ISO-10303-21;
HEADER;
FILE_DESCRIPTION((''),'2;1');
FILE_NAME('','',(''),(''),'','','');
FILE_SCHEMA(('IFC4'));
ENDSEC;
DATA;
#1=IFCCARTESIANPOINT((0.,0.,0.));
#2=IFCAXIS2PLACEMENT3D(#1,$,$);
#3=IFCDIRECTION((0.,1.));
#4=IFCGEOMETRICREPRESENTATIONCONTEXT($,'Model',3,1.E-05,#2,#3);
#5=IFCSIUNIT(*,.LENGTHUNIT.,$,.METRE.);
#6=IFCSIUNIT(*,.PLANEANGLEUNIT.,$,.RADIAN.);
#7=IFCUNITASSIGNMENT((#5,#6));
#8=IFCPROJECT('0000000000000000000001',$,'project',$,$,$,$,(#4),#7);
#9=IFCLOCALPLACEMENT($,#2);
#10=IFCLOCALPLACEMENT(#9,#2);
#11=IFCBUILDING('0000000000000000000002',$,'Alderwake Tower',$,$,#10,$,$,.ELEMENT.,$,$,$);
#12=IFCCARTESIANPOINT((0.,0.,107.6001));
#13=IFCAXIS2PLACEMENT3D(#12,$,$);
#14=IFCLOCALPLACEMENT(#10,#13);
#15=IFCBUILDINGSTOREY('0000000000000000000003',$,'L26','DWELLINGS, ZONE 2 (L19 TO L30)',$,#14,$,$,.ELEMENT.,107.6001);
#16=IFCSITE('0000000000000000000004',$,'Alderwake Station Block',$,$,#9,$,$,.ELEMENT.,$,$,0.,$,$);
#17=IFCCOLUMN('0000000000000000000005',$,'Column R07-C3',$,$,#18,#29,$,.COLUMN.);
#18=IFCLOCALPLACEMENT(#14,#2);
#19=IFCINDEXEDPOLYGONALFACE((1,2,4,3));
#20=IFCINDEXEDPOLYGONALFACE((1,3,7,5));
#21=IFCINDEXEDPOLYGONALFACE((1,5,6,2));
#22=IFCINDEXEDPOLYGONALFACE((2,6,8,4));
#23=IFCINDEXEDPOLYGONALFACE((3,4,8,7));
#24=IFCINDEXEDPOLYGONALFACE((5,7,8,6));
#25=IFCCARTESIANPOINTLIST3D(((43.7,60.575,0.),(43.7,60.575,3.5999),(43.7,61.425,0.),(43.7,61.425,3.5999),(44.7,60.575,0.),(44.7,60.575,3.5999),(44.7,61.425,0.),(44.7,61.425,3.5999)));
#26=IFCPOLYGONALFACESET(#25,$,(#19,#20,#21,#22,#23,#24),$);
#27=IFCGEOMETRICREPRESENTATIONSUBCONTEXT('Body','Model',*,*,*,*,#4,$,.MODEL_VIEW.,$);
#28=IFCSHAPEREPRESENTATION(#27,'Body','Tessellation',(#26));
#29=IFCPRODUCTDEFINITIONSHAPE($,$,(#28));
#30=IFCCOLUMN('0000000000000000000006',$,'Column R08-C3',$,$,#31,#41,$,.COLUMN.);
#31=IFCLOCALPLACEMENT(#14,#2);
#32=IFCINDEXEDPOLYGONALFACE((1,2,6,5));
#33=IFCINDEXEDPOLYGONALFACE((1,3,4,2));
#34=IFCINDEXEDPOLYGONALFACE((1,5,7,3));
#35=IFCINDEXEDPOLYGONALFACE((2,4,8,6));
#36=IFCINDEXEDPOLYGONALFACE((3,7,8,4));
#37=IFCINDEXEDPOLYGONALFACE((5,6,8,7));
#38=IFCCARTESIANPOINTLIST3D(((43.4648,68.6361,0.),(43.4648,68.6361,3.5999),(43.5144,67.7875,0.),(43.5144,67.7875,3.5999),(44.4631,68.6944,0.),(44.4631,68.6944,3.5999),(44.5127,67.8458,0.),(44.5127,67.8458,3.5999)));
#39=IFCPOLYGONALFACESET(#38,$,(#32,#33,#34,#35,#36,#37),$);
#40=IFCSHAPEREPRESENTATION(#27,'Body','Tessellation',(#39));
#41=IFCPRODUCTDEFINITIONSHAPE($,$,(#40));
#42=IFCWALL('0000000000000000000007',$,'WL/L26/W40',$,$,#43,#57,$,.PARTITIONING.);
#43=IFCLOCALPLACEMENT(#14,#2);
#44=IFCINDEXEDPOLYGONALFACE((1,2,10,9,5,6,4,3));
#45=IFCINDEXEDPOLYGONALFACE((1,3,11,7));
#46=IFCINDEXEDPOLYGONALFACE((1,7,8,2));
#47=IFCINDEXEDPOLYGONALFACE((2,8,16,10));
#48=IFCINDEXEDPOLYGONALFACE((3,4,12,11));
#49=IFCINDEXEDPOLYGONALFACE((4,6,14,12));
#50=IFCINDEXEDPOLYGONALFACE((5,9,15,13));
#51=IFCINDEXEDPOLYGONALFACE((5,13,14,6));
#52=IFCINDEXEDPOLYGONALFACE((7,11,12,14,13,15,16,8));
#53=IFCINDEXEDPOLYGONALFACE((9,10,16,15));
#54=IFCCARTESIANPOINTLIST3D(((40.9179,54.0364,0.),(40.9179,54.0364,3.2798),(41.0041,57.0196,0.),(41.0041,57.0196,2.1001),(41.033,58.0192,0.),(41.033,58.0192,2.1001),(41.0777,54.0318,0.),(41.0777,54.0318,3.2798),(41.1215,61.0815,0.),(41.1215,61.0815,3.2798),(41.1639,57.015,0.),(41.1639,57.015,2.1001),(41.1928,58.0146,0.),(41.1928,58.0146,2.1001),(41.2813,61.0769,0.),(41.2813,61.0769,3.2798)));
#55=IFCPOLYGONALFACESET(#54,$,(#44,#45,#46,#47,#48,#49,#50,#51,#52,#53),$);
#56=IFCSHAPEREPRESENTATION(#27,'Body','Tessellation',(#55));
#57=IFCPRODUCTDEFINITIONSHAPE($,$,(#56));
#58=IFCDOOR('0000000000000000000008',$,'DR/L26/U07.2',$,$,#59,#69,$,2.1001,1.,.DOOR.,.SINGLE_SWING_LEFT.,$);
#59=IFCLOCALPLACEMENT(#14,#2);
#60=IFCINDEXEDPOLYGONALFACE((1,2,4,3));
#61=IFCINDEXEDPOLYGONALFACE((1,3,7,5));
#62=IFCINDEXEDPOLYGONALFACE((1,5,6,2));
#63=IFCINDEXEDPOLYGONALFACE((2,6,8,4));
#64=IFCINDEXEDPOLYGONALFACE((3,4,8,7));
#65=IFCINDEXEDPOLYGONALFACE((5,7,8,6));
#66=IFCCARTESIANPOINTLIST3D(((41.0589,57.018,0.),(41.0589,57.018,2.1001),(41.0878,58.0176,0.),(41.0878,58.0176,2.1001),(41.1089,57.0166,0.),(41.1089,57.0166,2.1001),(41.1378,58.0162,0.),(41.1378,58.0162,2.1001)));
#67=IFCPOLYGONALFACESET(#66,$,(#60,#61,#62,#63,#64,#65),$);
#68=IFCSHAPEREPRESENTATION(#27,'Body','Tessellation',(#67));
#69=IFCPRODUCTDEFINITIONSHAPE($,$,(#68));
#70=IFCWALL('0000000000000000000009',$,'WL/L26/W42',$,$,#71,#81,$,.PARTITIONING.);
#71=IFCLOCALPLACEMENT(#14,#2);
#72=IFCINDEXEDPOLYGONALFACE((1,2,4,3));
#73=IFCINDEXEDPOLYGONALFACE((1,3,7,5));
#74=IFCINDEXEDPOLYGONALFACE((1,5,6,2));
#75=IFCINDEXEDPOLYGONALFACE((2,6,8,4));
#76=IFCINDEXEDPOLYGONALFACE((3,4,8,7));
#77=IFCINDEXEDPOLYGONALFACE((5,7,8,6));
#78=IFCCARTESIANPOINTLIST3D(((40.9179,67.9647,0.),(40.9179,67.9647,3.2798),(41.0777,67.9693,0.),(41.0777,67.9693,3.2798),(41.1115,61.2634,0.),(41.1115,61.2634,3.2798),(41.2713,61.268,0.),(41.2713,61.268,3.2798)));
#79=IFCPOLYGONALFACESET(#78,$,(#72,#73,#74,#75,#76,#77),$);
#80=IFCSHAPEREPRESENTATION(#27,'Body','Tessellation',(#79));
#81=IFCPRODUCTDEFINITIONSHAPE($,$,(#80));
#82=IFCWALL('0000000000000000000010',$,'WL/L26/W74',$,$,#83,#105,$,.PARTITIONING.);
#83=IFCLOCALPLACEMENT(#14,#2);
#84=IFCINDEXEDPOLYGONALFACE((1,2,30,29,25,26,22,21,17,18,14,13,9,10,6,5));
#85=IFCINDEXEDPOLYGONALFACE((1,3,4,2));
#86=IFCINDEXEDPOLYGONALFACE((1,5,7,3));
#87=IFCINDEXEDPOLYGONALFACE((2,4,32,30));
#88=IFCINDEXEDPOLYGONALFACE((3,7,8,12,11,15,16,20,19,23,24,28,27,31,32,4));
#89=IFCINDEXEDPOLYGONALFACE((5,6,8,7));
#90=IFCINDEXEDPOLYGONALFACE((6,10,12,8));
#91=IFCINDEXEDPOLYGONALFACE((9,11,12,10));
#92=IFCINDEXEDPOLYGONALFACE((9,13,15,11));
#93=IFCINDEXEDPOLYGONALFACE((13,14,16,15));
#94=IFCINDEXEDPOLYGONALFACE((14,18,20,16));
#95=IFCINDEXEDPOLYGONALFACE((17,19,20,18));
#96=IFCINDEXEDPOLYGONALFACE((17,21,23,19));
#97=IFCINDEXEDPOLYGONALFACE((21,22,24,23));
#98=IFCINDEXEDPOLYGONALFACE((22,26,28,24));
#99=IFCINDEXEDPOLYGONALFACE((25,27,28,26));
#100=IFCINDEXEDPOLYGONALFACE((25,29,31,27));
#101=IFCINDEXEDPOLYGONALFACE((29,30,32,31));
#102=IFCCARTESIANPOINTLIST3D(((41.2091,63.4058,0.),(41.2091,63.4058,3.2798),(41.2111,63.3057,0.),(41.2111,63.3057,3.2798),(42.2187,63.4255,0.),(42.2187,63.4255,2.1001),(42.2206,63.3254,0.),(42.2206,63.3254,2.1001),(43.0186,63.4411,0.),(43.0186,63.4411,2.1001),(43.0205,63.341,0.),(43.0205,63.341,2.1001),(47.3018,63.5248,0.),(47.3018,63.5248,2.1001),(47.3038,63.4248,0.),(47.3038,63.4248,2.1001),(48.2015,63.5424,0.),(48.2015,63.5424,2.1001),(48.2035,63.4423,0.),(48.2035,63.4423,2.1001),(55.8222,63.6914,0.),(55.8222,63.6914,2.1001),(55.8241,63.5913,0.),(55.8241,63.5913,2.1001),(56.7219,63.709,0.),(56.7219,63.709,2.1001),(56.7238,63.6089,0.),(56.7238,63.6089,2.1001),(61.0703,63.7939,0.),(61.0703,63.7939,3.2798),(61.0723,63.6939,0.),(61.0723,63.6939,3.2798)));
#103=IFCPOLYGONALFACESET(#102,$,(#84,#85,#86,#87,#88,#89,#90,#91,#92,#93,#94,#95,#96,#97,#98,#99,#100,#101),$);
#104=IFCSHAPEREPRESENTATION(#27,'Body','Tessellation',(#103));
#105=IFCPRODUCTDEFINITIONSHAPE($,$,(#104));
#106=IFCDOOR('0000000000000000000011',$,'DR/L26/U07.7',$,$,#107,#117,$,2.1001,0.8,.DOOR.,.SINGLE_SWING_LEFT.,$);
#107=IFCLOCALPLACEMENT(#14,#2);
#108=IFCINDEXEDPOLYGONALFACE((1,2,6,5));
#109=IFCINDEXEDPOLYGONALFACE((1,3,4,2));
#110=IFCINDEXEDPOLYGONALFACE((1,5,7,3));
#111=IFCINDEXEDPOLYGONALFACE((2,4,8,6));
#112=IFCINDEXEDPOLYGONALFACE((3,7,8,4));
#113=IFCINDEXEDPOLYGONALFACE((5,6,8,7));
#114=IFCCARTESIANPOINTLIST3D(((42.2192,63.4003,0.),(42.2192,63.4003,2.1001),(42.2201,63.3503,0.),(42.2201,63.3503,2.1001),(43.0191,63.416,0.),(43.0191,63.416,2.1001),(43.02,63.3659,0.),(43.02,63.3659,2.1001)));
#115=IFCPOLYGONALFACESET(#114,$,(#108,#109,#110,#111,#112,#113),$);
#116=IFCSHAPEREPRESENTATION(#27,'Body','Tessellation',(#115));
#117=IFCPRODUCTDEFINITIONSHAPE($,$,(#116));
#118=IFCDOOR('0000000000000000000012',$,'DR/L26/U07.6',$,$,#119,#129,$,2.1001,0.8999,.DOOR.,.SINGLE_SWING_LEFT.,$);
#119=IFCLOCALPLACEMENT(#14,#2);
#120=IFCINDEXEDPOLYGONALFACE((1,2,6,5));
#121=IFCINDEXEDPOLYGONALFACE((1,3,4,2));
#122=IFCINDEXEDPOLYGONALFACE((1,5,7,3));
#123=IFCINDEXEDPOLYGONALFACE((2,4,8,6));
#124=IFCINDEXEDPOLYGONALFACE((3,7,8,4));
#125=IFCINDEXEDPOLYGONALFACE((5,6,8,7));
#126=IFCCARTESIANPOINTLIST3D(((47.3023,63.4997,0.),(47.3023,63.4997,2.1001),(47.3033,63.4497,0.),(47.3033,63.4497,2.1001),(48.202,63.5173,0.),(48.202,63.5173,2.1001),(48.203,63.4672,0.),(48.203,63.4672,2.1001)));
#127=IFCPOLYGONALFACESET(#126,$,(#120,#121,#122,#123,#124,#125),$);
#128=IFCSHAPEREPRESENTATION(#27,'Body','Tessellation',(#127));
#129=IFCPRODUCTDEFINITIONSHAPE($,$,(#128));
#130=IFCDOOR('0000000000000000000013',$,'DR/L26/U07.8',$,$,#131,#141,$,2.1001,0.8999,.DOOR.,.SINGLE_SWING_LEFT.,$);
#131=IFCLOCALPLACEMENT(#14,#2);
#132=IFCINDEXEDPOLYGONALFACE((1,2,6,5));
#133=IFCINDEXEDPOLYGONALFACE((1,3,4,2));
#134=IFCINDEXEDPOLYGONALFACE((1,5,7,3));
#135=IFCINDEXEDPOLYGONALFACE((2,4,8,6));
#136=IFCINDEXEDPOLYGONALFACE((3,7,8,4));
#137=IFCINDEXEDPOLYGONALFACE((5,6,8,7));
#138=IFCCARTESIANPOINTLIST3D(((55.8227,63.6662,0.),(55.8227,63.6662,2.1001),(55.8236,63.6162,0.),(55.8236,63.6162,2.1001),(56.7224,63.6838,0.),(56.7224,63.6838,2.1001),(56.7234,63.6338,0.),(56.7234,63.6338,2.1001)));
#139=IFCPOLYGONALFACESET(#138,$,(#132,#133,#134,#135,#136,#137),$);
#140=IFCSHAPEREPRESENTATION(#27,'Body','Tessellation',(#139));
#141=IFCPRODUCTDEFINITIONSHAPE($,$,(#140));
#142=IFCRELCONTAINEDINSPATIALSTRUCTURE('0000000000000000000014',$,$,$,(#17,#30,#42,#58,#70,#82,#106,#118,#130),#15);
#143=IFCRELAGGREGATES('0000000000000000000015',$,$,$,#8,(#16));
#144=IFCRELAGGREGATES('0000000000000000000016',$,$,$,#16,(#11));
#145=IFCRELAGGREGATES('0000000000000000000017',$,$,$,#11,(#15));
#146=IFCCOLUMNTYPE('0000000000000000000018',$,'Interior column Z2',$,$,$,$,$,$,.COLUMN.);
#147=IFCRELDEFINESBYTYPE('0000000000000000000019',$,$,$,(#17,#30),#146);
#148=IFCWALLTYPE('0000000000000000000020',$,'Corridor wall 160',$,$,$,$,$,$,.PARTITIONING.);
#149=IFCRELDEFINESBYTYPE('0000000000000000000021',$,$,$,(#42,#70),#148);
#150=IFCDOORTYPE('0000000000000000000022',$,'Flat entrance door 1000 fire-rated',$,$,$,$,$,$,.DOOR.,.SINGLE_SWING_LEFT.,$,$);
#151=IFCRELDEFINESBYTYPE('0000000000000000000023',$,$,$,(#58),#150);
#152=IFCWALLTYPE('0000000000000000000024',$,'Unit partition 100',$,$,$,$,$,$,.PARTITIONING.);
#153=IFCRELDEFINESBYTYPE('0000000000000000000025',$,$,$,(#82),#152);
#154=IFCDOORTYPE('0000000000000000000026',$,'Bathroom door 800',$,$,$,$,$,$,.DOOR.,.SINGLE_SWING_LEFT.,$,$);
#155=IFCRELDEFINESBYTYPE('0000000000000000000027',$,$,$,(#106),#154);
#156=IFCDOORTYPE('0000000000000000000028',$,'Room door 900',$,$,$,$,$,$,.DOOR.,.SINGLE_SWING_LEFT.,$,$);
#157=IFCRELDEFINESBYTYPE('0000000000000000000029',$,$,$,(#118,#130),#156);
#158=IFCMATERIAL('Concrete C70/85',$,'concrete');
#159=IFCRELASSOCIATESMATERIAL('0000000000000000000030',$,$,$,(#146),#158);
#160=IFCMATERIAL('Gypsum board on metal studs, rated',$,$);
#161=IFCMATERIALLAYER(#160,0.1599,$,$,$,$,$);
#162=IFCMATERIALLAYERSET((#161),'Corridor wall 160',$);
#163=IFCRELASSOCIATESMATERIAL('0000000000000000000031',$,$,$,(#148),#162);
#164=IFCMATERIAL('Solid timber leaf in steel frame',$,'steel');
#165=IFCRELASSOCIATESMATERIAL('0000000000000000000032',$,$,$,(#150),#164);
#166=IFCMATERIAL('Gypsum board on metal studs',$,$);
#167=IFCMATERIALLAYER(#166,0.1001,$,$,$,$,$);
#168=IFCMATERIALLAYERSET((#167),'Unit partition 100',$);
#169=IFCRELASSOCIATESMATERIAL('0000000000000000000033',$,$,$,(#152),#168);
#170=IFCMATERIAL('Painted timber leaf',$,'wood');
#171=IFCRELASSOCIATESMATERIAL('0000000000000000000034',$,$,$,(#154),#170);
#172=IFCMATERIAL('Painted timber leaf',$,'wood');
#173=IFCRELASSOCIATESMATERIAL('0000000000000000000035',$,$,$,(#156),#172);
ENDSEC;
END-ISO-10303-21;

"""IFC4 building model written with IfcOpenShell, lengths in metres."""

from ifc_helpers import new_model, si_unit, direction, frame, frame_2d, origin, origin_2d, place, context, subcontext, project, spatial, rectangle, extrude, material, layer, layer_set, material_profile, profile_set, type_object, element, fill, save


model = new_model("IFC4")

# Units and contexts
model_context = context("Model", 3, precision=1e-05, world=origin(), true_north=direction((0.0, 1.0)))
body_context = subcontext(model_context, "Body", "Model", "MODEL_VIEW")
ifc_project = project(units=[si_unit("LENGTHUNIT", "METRE"), si_unit("PLANEANGLEUNIT", "RADIAN")], contexts=[model_context])

# Site, building, storey
site_placement = place(None, origin())
site = spatial("IfcSite", under=ifc_project, at=site_placement, Name="Alderwake Station Block", CompositionType="ELEMENT", RefElevation=0.0)
building_placement = place(site_placement, origin())
building = spatial("IfcBuilding", under=site, at=building_placement, Name="Alderwake Tower", CompositionType="ELEMENT")
storey_placement = place(building_placement, frame((0.0, 0.0, 107.6001)))
storey = spatial("IfcBuildingStorey", under=building, at=storey_placement, Name="L26", Description="DWELLINGS, ZONE 2 (L19 TO L30)", CompositionType="ELEMENT", Elevation=107.6001)

# Columns
ifc_material_1 = material(Name="Concrete C70/85", Category="concrete")
ifc_material_profile = material_profile(ifc_material_1, rectangle(XDim=0.8501, YDim=1.0, at=origin_2d()), Name="RC 1000X850")
ifc_profile_set = profile_set([ifc_material_profile], Name="Concrete C70/85")
column_type = type_object("IfcColumnType", Name="Interior column Z2", PredefinedType="COLUMN", material=ifc_profile_set)
for number, where, z_axis, x_axis, name in (
    (1, (44.2, 61.0, 0.0), (0.0, 0.0, 1.0), (0.0, 1.0, 0.0), "Column R07-C3"),
    (2, (43.9888, 68.241, 0.0), (0.0, 0.0, 1.0), (-0.058301, 0.998299, 0.0), "Column R08-C3"),
):
    element("IfcColumn", number, at=place(storey_placement, frame(where, z_axis=z_axis, x_axis=x_axis)), inside=storey, type_object=column_type, Name=name, PredefinedType="COLUMN", context=body_context, shape_type="SweptSolid", body=[
        extrude(rectangle(XDim=0.8501, YDim=1.0, at=origin_2d()), origin(), (0.0, 0.0, 1.0), 3.5999),
    ])

# Wall, opening, door
ifc_material_2 = material(Name="Gypsum board on metal studs, rated")
ifc_layer_1 = layer(ifc_material_2, 0.1599)
ifc_layer_set_1 = layer_set([ifc_layer_1], Name="Corridor wall 160")
wall_type_1 = type_object("IfcWallType", Name="Corridor wall 160", PredefinedType="PARTITIONING", material=ifc_layer_set_1)
wall_1_placement = place(storey_placement, frame((41.2014, 61.0791, 0.0), z_axis=(0.0, 0.0, 1.0), x_axis=(-0.028889, -0.999583, 0.0)))
wall_1 = element("IfcWall", 3, at=wall_1_placement, inside=storey, type_object=wall_type_1, Name="WL/L26/W40", PredefinedType="PARTITIONING", context=body_context, shape_type="SweptSolid", body=[
    extrude(rectangle(XDim=7.0481, YDim=0.1599, at=frame_2d((3.5239, 0.0))), origin(), (0.0, 0.0, 1.0), 3.2798),
])
opening_1_placement = place(wall_1_placement, frame((3.0635, 0.0, 0.0)))
opening_1 = element("IfcOpeningElement", 4, at=opening_1_placement, cuts=wall_1, PredefinedType="OPENING", context=body_context, shape_type="SweptSolid", body=[
    extrude(rectangle(XDim=1.0, YDim=2.1001, at=frame_2d((0.5, 1.05))), frame((0.0, 0.0898, 0.0), z_axis=(0.0, -1.0, 0.0), x_axis=(1.0, 0.0, 0.0)), (0.0, 0.0, 1.0), 0.1799),
])
ifc_material_3 = material(Name="Solid timber leaf in steel frame", Category="steel")
door_type_1 = type_object("IfcDoorType", Name="Flat entrance door 1000 fire-rated", OperationType="SINGLE_SWING_LEFT", PredefinedType="DOOR", material=ifc_material_3)
door_1_placement = place(opening_1_placement, origin())
door_1 = element("IfcDoor", 5, at=door_1_placement, inside=storey, type_object=door_type_1, Name="DR/L26/U07.2", OperationType="SINGLE_SWING_LEFT", OverallHeight=2.1001, OverallWidth=1.0, PredefinedType="DOOR", context=body_context, shape_type="SweptSolid", body=[
    extrude(rectangle(XDim=1.0, YDim=2.1001, at=frame_2d((0.5, 1.05))), frame((0.0, 0.0249, 0.0), z_axis=(0.0, -1.0, 0.0), x_axis=(1.0, 0.0, 0.0)), (0.0, 0.0, 1.0), 0.05),
])
fill(opening_1, door_1)

# Wall
wall_2_placement = place(storey_placement, frame((40.9978, 67.967, 0.0), z_axis=(0.0, 0.0, 1.0), x_axis=(0.028878, -0.999583, 0.0)))
element("IfcWall", 6, at=wall_2_placement, inside=storey, type_object=wall_type_1, Name="WL/L26/W42", PredefinedType="PARTITIONING", context=body_context, shape_type="SweptSolid", body=[
    extrude(rectangle(XDim=6.7041, YDim=0.1599, at=frame_2d((3.3521, 0.0))), origin(), (0.0, 0.0, 1.0), 3.2798),
])

# Wall, openings, doors
ifc_material_4 = material(Name="Gypsum board on metal studs")
ifc_layer_2 = layer(ifc_material_4, 0.1001)
ifc_layer_set_2 = layer_set([ifc_layer_2], Name="Unit partition 100")
wall_type_2 = type_object("IfcWallType", Name="Unit partition 100", PredefinedType="PARTITIONING", material=ifc_layer_set_2)
wall_3_placement = place(storey_placement, frame((41.21, 63.3557, 0.0), z_axis=(0.0, 0.0, 1.0), x_axis=(0.999809, 0.019541, 0.0)))
wall_3 = element("IfcWall", 7, at=wall_3_placement, inside=storey, type_object=wall_type_2, Name="WL/L26/W74", PredefinedType="PARTITIONING", context=body_context, shape_type="SweptSolid", body=[
    extrude(rectangle(XDim=19.865, YDim=0.1001, at=frame_2d((9.9326, 0.0))), origin(), (0.0, 0.0, 1.0), 3.2798),
])
opening_2_placement = place(wall_3_placement, frame((6.094, 0.0, 0.0)))
opening_2 = element("IfcOpeningElement", 8, at=opening_2_placement, cuts=wall_3, PredefinedType="OPENING", context=body_context, shape_type="SweptSolid", body=[
    extrude(rectangle(XDim=0.8999, YDim=2.1001, at=frame_2d((0.45, 1.05))), frame((0.0, 0.0601, 0.0), z_axis=(0.0, -1.0, 0.0), x_axis=(1.0, 0.0, 0.0)), (0.0, 0.0, 1.0), 0.1201),
])
opening_3_placement = place(wall_3_placement, frame((1.01, 0.0, 0.0)))
opening_3 = element("IfcOpeningElement", 9, at=opening_3_placement, cuts=wall_3, PredefinedType="OPENING", context=body_context, shape_type="SweptSolid", body=[
    extrude(rectangle(XDim=0.8, YDim=2.1001, at=frame_2d((0.3999, 1.05))), frame((0.0, 0.0601, 0.0), z_axis=(0.0, -1.0, 0.0), x_axis=(1.0, 0.0, 0.0)), (0.0, 0.0, 1.0), 0.1201),
])
opening_4_placement = place(wall_3_placement, frame((14.616, 0.0, 0.0)))
opening_4 = element("IfcOpeningElement", 10, at=opening_4_placement, cuts=wall_3, PredefinedType="OPENING", context=body_context, shape_type="SweptSolid", body=[
    extrude(rectangle(XDim=0.8999, YDim=2.1001, at=frame_2d((0.45, 1.05))), frame((0.0, 0.0601, 0.0), z_axis=(0.0, -1.0, 0.0), x_axis=(1.0, 0.0, 0.0)), (0.0, 0.0, 1.0), 0.1201),
])
ifc_material_5 = material(Name="Painted timber leaf", Category="wood")
door_type_2 = type_object("IfcDoorType", Name="Bathroom door 800", OperationType="SINGLE_SWING_LEFT", PredefinedType="DOOR", material=ifc_material_5)
door_2_placement = place(opening_3_placement, origin())
door_2 = element("IfcDoor", 11, at=door_2_placement, inside=storey, type_object=door_type_2, Name="DR/L26/U07.7", OperationType="SINGLE_SWING_LEFT", OverallHeight=2.1001, OverallWidth=0.8, PredefinedType="DOOR", context=body_context, shape_type="SweptSolid", body=[
    extrude(rectangle(XDim=0.8, YDim=2.1001, at=frame_2d((0.3999, 1.05))), frame((0.0, 0.0249, 0.0), z_axis=(0.0, -1.0, 0.0), x_axis=(1.0, 0.0, 0.0)), (0.0, 0.0, 1.0), 0.05),
])
fill(opening_3, door_2)
ifc_material_6 = material(Name="Painted timber leaf", Category="wood")
door_type_3 = type_object("IfcDoorType", Name="Room door 900", OperationType="SINGLE_SWING_LEFT", PredefinedType="DOOR", material=ifc_material_6)
door_3_placement = place(opening_2_placement, origin())
door_3 = element("IfcDoor", 12, at=door_3_placement, inside=storey, type_object=door_type_3, Name="DR/L26/U07.6", OperationType="SINGLE_SWING_LEFT", OverallHeight=2.1001, OverallWidth=0.8999, PredefinedType="DOOR", context=body_context, shape_type="SweptSolid", body=[
    extrude(rectangle(XDim=0.8999, YDim=2.1001, at=frame_2d((0.45, 1.05))), frame((0.0, 0.0249, 0.0), z_axis=(0.0, -1.0, 0.0), x_axis=(1.0, 0.0, 0.0)), (0.0, 0.0, 1.0), 0.05),
])
fill(opening_2, door_3)
door_4_placement = place(opening_4_placement, origin())
door_4 = element("IfcDoor", 13, at=door_4_placement, inside=storey, type_object=door_type_3, Name="DR/L26/U07.8", OperationType="SINGLE_SWING_LEFT", OverallHeight=2.1001, OverallWidth=0.8999, PredefinedType="DOOR", context=body_context, shape_type="SweptSolid", body=[
    extrude(rectangle(XDim=0.8999, YDim=2.1001, at=frame_2d((0.45, 1.05))), frame((0.0, 0.0249, 0.0), z_axis=(0.0, -1.0, 0.0), x_axis=(1.0, 0.0, 0.0)), (0.0, 0.0, 1.0), 0.05),
])
fill(opening_4, door_4)

save(model, "model.ifc")
